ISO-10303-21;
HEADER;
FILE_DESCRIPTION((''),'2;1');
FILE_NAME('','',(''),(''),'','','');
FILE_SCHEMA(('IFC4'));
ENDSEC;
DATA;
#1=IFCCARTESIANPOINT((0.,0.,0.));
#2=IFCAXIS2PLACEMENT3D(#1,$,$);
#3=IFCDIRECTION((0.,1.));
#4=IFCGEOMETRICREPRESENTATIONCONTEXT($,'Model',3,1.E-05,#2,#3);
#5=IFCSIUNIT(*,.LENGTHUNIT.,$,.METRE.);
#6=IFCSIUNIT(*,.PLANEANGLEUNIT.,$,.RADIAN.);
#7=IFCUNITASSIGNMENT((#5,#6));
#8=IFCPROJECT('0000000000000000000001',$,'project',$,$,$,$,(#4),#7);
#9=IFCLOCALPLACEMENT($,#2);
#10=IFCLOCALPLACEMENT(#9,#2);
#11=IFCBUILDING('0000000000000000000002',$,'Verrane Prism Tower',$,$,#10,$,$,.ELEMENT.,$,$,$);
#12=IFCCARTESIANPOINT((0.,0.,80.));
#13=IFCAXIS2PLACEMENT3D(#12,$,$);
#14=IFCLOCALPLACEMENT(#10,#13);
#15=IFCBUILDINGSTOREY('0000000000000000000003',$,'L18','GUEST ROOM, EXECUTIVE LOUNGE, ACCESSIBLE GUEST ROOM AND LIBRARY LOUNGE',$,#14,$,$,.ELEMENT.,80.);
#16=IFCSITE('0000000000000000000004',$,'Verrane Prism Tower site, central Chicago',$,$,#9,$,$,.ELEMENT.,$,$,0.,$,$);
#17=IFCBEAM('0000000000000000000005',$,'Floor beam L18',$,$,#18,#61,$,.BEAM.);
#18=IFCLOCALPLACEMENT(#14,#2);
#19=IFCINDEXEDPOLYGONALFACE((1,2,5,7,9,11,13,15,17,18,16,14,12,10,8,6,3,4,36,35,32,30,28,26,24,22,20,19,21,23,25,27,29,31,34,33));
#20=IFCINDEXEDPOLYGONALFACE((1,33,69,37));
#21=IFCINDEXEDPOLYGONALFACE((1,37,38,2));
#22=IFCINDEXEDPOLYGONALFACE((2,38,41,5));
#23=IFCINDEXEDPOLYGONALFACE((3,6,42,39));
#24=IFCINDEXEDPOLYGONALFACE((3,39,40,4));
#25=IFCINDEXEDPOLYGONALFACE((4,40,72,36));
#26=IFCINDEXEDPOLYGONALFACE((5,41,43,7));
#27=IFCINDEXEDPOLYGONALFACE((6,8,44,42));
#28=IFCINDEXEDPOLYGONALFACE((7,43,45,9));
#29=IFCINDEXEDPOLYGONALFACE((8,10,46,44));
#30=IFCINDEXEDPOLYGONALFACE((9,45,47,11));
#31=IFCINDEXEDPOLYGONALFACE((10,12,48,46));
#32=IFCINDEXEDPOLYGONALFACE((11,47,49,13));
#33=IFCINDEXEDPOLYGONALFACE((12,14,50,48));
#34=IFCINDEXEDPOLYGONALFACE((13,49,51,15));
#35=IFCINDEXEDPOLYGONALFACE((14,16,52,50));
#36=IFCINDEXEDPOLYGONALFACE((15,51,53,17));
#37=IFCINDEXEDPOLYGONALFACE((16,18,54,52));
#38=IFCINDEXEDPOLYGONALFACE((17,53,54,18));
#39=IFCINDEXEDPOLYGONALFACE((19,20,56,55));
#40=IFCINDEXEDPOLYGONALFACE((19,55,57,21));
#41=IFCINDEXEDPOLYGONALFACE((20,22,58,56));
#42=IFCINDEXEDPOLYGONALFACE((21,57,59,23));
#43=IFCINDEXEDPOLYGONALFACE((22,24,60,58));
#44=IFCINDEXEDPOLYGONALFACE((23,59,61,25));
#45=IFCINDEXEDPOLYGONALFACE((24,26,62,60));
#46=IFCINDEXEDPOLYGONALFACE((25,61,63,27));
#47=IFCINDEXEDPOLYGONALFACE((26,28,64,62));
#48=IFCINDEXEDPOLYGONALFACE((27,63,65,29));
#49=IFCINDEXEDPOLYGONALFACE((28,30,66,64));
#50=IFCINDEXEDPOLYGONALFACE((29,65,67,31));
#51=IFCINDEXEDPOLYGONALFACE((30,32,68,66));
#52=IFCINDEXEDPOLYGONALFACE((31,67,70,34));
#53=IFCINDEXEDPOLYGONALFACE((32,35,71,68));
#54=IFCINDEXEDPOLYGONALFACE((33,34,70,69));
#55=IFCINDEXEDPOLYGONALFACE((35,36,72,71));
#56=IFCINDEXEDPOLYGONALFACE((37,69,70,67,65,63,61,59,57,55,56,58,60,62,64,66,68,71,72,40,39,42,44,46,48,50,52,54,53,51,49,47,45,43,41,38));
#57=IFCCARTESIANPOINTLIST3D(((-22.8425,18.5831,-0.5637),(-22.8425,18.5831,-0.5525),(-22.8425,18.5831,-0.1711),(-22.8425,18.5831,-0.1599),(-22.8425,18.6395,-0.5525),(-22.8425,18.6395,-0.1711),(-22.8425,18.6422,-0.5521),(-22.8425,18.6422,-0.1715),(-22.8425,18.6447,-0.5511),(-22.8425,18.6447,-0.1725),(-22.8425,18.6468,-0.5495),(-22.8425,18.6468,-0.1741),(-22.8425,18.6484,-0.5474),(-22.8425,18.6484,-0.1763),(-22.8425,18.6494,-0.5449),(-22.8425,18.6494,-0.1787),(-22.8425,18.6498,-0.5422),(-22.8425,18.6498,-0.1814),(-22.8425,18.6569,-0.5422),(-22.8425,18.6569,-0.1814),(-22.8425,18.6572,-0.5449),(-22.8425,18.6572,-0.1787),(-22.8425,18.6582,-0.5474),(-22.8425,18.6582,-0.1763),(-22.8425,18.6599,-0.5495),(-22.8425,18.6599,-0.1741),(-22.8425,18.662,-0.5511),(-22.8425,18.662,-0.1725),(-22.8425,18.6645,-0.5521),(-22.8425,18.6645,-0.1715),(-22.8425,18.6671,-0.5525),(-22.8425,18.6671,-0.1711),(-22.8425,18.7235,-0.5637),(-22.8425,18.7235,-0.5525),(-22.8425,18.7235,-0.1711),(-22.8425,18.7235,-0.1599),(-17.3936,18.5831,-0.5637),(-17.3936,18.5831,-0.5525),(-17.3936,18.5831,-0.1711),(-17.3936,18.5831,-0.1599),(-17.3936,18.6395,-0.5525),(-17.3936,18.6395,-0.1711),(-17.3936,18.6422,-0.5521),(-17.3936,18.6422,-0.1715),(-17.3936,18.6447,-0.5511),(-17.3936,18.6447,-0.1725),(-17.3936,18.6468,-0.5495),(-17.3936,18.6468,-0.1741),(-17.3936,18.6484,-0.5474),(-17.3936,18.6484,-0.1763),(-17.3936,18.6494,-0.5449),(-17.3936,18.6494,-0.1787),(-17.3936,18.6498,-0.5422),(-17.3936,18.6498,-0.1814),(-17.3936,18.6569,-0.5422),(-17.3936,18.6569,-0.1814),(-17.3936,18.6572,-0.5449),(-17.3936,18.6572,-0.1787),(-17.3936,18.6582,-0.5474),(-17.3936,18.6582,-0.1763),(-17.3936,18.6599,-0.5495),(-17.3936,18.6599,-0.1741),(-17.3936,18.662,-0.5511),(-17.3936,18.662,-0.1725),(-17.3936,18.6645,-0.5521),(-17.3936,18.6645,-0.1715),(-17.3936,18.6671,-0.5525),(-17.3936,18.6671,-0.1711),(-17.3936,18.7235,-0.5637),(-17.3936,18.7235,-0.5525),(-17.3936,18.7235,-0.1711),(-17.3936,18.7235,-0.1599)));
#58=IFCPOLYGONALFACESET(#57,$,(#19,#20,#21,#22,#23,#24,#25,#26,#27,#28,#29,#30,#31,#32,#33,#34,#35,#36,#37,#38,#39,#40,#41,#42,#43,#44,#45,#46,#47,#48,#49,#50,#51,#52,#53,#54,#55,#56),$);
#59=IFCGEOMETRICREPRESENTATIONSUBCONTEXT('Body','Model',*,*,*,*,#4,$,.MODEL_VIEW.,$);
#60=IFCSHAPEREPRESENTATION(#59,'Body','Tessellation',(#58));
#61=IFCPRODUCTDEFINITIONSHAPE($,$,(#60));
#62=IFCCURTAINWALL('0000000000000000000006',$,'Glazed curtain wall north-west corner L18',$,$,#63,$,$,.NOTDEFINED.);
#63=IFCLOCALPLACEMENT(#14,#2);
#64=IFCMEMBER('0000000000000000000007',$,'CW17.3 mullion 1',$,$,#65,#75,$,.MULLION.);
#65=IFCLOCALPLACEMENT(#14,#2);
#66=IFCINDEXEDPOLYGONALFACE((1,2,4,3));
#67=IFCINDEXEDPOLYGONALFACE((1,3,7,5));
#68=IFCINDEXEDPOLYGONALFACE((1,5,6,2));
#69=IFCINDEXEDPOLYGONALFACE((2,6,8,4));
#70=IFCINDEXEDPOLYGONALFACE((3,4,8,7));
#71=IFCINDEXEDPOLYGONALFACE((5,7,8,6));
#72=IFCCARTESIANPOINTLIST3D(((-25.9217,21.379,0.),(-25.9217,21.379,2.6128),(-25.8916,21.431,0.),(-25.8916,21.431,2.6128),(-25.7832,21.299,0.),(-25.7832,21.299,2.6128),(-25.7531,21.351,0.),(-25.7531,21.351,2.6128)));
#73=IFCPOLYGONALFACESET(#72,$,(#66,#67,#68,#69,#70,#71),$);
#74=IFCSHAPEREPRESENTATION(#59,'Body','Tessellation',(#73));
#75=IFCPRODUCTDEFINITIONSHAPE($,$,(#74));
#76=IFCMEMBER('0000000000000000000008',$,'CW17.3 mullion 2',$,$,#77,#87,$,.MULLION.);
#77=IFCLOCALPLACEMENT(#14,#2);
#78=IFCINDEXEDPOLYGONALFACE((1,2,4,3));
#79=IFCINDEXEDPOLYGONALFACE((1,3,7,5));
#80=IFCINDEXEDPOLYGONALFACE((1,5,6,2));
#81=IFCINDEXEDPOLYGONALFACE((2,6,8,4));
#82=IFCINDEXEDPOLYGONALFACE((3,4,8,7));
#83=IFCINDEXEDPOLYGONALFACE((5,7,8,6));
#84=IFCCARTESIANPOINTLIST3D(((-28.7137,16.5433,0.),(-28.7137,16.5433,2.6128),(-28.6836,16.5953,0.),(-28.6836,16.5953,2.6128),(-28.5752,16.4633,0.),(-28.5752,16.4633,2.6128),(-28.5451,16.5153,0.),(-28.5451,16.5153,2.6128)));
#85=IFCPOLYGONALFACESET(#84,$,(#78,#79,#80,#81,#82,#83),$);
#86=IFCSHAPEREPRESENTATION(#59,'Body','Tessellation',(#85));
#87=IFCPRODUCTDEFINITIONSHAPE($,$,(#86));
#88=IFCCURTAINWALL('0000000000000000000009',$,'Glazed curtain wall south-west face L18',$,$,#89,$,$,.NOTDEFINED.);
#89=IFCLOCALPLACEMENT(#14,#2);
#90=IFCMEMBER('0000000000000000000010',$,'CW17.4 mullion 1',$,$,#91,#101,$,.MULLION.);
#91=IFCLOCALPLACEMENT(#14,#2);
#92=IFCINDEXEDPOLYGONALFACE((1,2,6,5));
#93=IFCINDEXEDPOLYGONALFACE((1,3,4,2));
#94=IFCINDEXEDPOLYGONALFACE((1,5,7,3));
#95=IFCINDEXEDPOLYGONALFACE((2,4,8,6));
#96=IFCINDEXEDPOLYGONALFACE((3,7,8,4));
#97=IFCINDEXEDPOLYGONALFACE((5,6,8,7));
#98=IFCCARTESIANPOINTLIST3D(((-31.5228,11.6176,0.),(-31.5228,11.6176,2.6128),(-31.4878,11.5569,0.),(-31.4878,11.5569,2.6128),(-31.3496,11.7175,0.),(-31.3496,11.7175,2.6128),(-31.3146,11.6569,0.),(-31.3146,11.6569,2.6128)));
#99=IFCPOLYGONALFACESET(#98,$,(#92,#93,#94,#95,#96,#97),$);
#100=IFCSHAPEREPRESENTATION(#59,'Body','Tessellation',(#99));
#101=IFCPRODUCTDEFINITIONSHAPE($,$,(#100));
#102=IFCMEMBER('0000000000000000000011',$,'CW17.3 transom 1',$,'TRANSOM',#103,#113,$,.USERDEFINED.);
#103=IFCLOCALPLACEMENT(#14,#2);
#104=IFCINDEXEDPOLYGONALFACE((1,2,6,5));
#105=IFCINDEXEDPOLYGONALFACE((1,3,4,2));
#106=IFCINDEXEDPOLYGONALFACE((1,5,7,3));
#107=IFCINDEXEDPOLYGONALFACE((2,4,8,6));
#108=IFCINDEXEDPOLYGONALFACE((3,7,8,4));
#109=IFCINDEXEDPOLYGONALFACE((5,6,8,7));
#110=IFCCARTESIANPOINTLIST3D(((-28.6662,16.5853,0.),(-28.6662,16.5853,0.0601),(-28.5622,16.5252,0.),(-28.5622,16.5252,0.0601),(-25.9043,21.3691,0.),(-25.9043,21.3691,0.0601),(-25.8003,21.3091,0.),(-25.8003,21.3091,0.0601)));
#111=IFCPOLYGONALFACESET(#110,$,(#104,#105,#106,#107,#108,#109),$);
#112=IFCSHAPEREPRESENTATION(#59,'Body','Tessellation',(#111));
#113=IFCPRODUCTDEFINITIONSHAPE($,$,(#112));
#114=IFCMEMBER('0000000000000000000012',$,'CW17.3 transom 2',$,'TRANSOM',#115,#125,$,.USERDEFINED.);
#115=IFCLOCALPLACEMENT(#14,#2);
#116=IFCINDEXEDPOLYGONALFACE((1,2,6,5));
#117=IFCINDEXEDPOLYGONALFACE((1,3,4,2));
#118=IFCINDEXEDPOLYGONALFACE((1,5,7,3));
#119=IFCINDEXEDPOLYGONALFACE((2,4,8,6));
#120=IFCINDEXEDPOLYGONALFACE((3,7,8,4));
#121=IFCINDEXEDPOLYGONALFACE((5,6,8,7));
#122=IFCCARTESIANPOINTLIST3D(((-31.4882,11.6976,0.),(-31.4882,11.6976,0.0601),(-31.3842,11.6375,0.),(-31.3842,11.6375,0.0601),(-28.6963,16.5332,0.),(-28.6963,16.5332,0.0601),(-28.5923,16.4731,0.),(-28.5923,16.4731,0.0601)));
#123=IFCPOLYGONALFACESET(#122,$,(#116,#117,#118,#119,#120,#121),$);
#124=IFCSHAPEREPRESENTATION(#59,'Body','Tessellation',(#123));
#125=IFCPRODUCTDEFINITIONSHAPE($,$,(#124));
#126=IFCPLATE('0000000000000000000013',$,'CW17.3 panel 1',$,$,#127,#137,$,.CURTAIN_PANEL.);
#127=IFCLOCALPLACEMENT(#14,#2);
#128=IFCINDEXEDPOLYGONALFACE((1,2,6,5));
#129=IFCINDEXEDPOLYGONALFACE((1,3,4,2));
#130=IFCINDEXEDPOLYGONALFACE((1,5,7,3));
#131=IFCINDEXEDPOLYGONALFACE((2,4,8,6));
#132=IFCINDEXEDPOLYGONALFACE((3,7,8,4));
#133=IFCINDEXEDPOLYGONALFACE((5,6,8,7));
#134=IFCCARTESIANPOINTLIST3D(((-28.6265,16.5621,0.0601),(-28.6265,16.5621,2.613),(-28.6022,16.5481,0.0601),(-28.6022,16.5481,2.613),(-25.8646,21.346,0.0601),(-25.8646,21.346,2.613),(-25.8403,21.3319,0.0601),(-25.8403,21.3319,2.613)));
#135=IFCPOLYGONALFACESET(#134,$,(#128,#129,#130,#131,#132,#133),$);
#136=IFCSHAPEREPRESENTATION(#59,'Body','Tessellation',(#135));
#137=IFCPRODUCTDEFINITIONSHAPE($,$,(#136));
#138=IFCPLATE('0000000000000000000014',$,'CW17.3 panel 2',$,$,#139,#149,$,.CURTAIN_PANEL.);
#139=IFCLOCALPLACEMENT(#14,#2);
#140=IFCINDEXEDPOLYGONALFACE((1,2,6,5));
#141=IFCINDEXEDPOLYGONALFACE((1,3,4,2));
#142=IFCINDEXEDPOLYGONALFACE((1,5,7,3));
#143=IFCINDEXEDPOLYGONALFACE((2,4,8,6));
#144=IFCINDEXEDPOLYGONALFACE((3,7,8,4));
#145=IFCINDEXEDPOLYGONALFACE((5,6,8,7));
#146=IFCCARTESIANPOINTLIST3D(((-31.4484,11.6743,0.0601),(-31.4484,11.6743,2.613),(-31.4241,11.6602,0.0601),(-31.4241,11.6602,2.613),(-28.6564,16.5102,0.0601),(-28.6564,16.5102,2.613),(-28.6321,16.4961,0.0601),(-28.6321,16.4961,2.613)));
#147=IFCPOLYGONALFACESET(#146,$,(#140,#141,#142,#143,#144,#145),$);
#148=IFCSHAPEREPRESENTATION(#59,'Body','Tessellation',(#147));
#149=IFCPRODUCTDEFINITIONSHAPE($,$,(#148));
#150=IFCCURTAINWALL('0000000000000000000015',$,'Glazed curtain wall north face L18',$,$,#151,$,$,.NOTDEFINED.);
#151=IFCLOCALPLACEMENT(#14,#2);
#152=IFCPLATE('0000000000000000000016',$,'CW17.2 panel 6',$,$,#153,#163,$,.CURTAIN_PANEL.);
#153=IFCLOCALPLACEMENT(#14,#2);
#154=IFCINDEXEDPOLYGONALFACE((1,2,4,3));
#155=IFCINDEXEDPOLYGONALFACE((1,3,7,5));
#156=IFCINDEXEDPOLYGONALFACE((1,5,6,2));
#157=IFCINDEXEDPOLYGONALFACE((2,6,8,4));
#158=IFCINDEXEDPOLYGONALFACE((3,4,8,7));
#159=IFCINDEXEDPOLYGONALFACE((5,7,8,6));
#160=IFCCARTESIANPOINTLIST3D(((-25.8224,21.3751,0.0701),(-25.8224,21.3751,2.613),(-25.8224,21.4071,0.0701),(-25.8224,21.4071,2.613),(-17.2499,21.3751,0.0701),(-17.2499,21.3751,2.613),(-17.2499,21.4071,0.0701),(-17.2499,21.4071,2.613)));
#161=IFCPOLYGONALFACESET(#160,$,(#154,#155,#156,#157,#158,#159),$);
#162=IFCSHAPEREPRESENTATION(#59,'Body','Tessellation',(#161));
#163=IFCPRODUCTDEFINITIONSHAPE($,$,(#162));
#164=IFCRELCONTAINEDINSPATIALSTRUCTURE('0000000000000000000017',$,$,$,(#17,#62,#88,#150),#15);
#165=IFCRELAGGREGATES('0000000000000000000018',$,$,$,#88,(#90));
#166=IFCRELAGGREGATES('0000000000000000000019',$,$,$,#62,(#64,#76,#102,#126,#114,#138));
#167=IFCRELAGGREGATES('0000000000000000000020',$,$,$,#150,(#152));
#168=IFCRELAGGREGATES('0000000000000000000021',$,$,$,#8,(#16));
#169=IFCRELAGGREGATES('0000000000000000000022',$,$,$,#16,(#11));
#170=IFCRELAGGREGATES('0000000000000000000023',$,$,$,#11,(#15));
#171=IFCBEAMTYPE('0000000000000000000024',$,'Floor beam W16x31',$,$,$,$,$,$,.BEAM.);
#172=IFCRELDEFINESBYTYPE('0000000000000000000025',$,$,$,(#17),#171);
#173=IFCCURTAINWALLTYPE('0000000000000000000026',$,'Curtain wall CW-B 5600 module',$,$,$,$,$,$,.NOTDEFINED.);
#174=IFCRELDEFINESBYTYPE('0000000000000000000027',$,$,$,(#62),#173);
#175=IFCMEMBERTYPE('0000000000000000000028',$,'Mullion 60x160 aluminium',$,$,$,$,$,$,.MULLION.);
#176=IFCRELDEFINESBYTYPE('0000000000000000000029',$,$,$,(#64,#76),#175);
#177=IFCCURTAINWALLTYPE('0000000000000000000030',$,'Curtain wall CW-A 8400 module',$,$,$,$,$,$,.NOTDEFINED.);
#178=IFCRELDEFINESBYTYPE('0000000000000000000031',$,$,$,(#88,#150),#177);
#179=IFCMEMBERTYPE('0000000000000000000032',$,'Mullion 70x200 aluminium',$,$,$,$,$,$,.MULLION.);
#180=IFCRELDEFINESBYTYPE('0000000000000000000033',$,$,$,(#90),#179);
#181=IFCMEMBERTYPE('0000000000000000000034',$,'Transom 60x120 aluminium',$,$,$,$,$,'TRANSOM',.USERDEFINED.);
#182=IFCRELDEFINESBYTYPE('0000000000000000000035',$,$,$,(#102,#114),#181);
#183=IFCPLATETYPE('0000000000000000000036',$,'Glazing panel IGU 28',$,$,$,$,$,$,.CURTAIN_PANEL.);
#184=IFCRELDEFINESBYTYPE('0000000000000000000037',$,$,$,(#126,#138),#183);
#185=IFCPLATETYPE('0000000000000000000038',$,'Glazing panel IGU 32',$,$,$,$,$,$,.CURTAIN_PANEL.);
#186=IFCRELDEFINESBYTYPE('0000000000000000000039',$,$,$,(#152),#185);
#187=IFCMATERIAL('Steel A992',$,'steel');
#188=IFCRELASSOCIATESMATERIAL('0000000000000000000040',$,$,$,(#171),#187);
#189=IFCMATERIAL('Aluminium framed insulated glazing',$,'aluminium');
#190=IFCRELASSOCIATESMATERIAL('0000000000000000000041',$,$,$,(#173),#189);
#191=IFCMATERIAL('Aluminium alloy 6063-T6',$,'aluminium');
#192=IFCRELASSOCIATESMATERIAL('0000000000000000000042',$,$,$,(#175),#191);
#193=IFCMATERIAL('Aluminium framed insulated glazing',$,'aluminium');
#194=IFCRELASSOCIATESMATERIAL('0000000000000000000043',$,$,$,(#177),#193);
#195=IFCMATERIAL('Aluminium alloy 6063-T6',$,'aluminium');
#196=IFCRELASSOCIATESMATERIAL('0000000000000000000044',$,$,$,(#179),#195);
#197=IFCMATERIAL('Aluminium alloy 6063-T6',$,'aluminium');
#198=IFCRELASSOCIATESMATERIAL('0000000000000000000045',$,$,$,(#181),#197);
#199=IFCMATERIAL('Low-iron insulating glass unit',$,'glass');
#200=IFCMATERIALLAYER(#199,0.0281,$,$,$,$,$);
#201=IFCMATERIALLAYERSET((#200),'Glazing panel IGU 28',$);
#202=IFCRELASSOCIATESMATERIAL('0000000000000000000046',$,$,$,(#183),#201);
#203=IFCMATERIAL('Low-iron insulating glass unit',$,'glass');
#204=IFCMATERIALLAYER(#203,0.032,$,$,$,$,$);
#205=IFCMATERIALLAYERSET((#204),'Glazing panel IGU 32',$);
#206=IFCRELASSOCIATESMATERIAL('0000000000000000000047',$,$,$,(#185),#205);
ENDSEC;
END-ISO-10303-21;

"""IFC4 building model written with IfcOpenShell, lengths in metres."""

from ifc_helpers import new_model, si_unit, direction, frame, origin, origin_2d, place, context, subcontext, project, spatial, rectangle, i_section, extrude, material, layer, layer_set, material_profile, profile_set, type_object, element, aggregate, save


model = new_model("IFC4")

# Units and contexts
model_context = context("Model", 3, precision=1e-05, world=origin(), true_north=direction((0.0, 1.0)))
body_context = subcontext(model_context, "Body", "Model", "MODEL_VIEW")
ifc_project = project(units=[si_unit("LENGTHUNIT", "METRE"), si_unit("PLANEANGLEUNIT", "RADIAN")], contexts=[model_context])

# Site, building, storey
site_placement = place(None, origin())
site = spatial("IfcSite", under=ifc_project, at=site_placement, Name="Verrane Prism Tower site, central Chicago", CompositionType="ELEMENT", RefElevation=0.0)
building_placement = place(site_placement, origin())
building = spatial("IfcBuilding", under=site, at=building_placement, Name="Verrane Prism Tower", CompositionType="ELEMENT")
storey_placement = place(building_placement, frame((0.0, 0.0, 80.0)))
storey = spatial("IfcBuildingStorey", under=building, at=storey_placement, Name="L18", Description="GUEST ROOM, EXECUTIVE LOUNGE, ACCESSIBLE GUEST ROOM AND LIBRARY LOUNGE", CompositionType="ELEMENT", Elevation=80.0)

# Beam
ifc_material_1 = material(Name="Steel A992", Category="steel")
ifc_material_profile_1 = material_profile(ifc_material_1, i_section(OverallWidth=0.1404, OverallDepth=0.4038, WebThickness=0.0071, FlangeThickness=0.0112, FilletRadius=0.0103, at=origin_2d()), Name="W16x31")
ifc_profile_set_1 = profile_set([ifc_material_profile_1], Name="Steel A992")
beam_type_1 = type_object("IfcBeamType", Name="Floor beam W16x31", PredefinedType="BEAM", material=ifc_profile_set_1)
beam_1_placement = place(storey_placement, frame((-22.8425, 18.6533, -0.3618), z_axis=(1.0, 0.0, 0.0), x_axis=(0.0, 1.0, 0.0)))
element("IfcBeam", 1, at=beam_1_placement, inside=storey, type_object=beam_type_1, Name="Floor beam L18", PredefinedType="BEAM", context=body_context, shape_type="SweptSolid", body=[
    extrude(i_section(OverallWidth=0.1404, OverallDepth=0.4038, WebThickness=0.0071, FlangeThickness=0.0112, FilletRadius=0.0103, at=origin_2d()), origin(), (0.0, 0.0, 1.0), 5.449),
])

# Curtain wall, members
ifc_material_2 = material(Name="Aluminium framed insulated glazing", Category="aluminium")
curtain_wall_type_1 = type_object("IfcCurtainWallType", Name="Curtain wall CW-B 5600 module", PredefinedType="NOTDEFINED", material=ifc_material_2)
curtain_wall_1_placement = place(storey_placement, origin())
curtain_wall_1 = element("IfcCurtainWall", 2, at=curtain_wall_1_placement, inside=storey, type_object=curtain_wall_type_1, Name="Glazed curtain wall north-west corner L18", PredefinedType="NOTDEFINED")
ifc_material_3 = material(Name="Aluminium alloy 6063-T6", Category="aluminium")
ifc_material_profile_2 = material_profile(ifc_material_3, rectangle(XDim=0.1599, YDim=0.0601, at=origin_2d()), Name="Mullion 60x160 aluminium")
ifc_profile_set_2 = profile_set([ifc_material_profile_2], Name="Aluminium alloy 6063-T6")
member_type_1 = type_object("IfcMemberType", Name="Mullion 60x160 aluminium", PredefinedType="MULLION", material=ifc_profile_set_2)
member_1_placement = place(storey_placement, frame((-25.8374, 21.365, 0.0), z_axis=(0.0, 0.0, 1.0), x_axis=(0.866026, -0.499998, 0.0)))
member_1 = element("IfcMember", 3, at=member_1_placement, type_object=member_type_1, Name="CW17.3 mullion 1", PredefinedType="MULLION", context=body_context, shape_type="SweptSolid", body=[
    extrude(rectangle(XDim=0.1599, YDim=0.0601, at=origin_2d()), origin(), (0.0, 0.0, 1.0), 2.6128),
])
member_2_placement = place(storey_placement, frame((-28.6294, 16.5293, 0.0), z_axis=(0.0, 0.0, 1.0), x_axis=(0.866026, -0.499998, 0.0)))
member_2 = element("IfcMember", 4, at=member_2_placement, type_object=member_type_1, Name="CW17.3 mullion 2", PredefinedType="MULLION", context=body_context, shape_type="SweptSolid", body=[
    extrude(rectangle(XDim=0.1599, YDim=0.0601, at=origin_2d()), origin(), (0.0, 0.0, 1.0), 2.6128),
])

# Curtain wall, member
ifc_material_4 = material(Name="Aluminium framed insulated glazing", Category="aluminium")
curtain_wall_type_2 = type_object("IfcCurtainWallType", Name="Curtain wall CW-A 8400 module", PredefinedType="NOTDEFINED", material=ifc_material_4)
curtain_wall_2_placement = place(storey_placement, origin())
curtain_wall_2 = element("IfcCurtainWall", 5, at=curtain_wall_2_placement, inside=storey, type_object=curtain_wall_type_2, Name="Glazed curtain wall south-west face L18", PredefinedType="NOTDEFINED")
ifc_material_5 = material(Name="Aluminium alloy 6063-T6", Category="aluminium")
ifc_material_profile_3 = material_profile(ifc_material_5, rectangle(XDim=0.2, YDim=0.0701, at=origin_2d()), Name="Mullion 70x200 aluminium")
ifc_profile_set_3 = profile_set([ifc_material_profile_3], Name="Aluminium alloy 6063-T6")
member_type_2 = type_object("IfcMemberType", Name="Mullion 70x200 aluminium", PredefinedType="MULLION", material=ifc_profile_set_3)
member_3_placement = place(storey_placement, frame((-31.4187, 11.6372, 0.0), z_axis=(0.0, 0.0, 1.0), x_axis=(0.866026, 0.499999, 0.0)))
member_3 = element("IfcMember", 6, at=member_3_placement, type_object=member_type_2, Name="CW17.4 mullion 1", PredefinedType="MULLION", context=body_context, shape_type="SweptSolid", body=[
    extrude(rectangle(XDim=0.2, YDim=0.0701, at=origin_2d()), origin(), (0.0, 0.0, 1.0), 2.6128),
])
aggregate(curtain_wall_2, [member_3])

# Members
ifc_material_6 = material(Name="Aluminium alloy 6063-T6", Category="aluminium")
ifc_material_profile_4 = material_profile(ifc_material_6, rectangle(XDim=0.1201, YDim=0.0601, at=origin_2d()), Name="Transom 60x120 aluminium")
ifc_profile_set_4 = profile_set([ifc_material_profile_4], Name="Aluminium alloy 6063-T6")
member_type_3 = type_object("IfcMemberType", Name="Transom 60x120 aluminium", ElementType="TRANSOM", PredefinedType="USERDEFINED", material=ifc_profile_set_4)
member_4_placement = place(storey_placement, frame((-25.8523, 21.3391, 0.03), z_axis=(-0.499994, -0.866029, 0.0), x_axis=(0.866029, -0.499994, 0.0)))
member_4 = element("IfcMember", 7, at=member_4_placement, type_object=member_type_3, Name="CW17.3 transom 1", ObjectType="TRANSOM", PredefinedType="USERDEFINED", context=body_context, shape_type="SweptSolid", body=[
    extrude(rectangle(XDim=0.1201, YDim=0.0601, at=origin_2d()), origin(), (0.0, 0.0, 1.0), 5.5239),
])
member_5_placement = place(storey_placement, frame((-28.6443, 16.5032, 0.03), z_axis=(-0.500014, -0.866017, 0.0), x_axis=(0.866017, -0.500014, 0.0)))
member_5 = element("IfcMember", 8, at=member_5_placement, type_object=member_type_3, Name="CW17.3 transom 2", ObjectType="TRANSOM", PredefinedType="USERDEFINED", context=body_context, shape_type="SweptSolid", body=[
    extrude(rectangle(XDim=0.1201, YDim=0.0601, at=origin_2d()), origin(), (0.0, 0.0, 1.0), 5.5837),
])

# Plates
ifc_material_7 = material(Name="Low-iron insulating glass unit", Category="glass")
ifc_layer_1 = layer(ifc_material_7, 0.0281)
ifc_layer_set_1 = layer_set([ifc_layer_1], Name="Glazing panel IGU 28")
plate_type_1 = type_object("IfcPlateType", Name="Glazing panel IGU 28", PredefinedType="CURTAIN_PANEL", material=ifc_layer_set_1)
plate_1_placement = place(storey_placement, frame((-27.2334, 18.947, 0.0601), z_axis=(0.0, 0.0, 1.0), x_axis=(-0.499998, -0.866026, 0.0)))
plate_1 = element("IfcPlate", 9, at=plate_1_placement, type_object=plate_type_1, Name="CW17.3 panel 1", PredefinedType="CURTAIN_PANEL", context=body_context, shape_type="SweptSolid", body=[
    extrude(rectangle(XDim=5.5239, YDim=0.0281, at=origin_2d()), origin(), (0.0, 0.0, 1.0), 2.553),
])
plate_2_placement = place(storey_placement, frame((-30.0403, 14.0852, 0.0601), z_axis=(0.0, 0.0, 1.0), x_axis=(-0.499998, -0.866026, 0.0)))
plate_2 = element("IfcPlate", 10, at=plate_2_placement, type_object=plate_type_1, Name="CW17.3 panel 2", PredefinedType="CURTAIN_PANEL", context=body_context, shape_type="SweptSolid", body=[
    extrude(rectangle(XDim=5.584, YDim=0.0281, at=origin_2d()), origin(), (0.0, 0.0, 1.0), 2.553),
])
aggregate(curtain_wall_1, [member_1, member_2, member_4, plate_1, member_5, plate_2])

# Curtain wall, plate
curtain_wall_3_placement = place(storey_placement, origin())
curtain_wall_3 = element("IfcCurtainWall", 11, at=curtain_wall_3_placement, inside=storey, type_object=curtain_wall_type_2, Name="Glazed curtain wall north face L18", PredefinedType="NOTDEFINED")
ifc_material_8 = material(Name="Low-iron insulating glass unit", Category="glass")
ifc_layer_2 = layer(ifc_material_8, 0.032)
ifc_layer_set_2 = layer_set([ifc_layer_2], Name="Glazing panel IGU 32")
plate_type_2 = type_object("IfcPlateType", Name="Glazing panel IGU 32", PredefinedType="CURTAIN_PANEL", material=ifc_layer_set_2)
plate_3_placement = place(storey_placement, frame((-21.5361, 21.3911, 0.0701), z_axis=(0.0, 0.0, 1.0), x_axis=(-1.0, 0.0, 0.0)))
plate_3 = element("IfcPlate", 12, at=plate_3_placement, type_object=plate_type_2, Name="CW17.2 panel 6", PredefinedType="CURTAIN_PANEL", context=body_context, shape_type="SweptSolid", body=[
    extrude(rectangle(XDim=8.5725, YDim=0.032, at=origin_2d()), origin(), (0.0, 0.0, 1.0), 2.543),
])
aggregate(curtain_wall_3, [plate_3])

save(model, "model.ifc")
